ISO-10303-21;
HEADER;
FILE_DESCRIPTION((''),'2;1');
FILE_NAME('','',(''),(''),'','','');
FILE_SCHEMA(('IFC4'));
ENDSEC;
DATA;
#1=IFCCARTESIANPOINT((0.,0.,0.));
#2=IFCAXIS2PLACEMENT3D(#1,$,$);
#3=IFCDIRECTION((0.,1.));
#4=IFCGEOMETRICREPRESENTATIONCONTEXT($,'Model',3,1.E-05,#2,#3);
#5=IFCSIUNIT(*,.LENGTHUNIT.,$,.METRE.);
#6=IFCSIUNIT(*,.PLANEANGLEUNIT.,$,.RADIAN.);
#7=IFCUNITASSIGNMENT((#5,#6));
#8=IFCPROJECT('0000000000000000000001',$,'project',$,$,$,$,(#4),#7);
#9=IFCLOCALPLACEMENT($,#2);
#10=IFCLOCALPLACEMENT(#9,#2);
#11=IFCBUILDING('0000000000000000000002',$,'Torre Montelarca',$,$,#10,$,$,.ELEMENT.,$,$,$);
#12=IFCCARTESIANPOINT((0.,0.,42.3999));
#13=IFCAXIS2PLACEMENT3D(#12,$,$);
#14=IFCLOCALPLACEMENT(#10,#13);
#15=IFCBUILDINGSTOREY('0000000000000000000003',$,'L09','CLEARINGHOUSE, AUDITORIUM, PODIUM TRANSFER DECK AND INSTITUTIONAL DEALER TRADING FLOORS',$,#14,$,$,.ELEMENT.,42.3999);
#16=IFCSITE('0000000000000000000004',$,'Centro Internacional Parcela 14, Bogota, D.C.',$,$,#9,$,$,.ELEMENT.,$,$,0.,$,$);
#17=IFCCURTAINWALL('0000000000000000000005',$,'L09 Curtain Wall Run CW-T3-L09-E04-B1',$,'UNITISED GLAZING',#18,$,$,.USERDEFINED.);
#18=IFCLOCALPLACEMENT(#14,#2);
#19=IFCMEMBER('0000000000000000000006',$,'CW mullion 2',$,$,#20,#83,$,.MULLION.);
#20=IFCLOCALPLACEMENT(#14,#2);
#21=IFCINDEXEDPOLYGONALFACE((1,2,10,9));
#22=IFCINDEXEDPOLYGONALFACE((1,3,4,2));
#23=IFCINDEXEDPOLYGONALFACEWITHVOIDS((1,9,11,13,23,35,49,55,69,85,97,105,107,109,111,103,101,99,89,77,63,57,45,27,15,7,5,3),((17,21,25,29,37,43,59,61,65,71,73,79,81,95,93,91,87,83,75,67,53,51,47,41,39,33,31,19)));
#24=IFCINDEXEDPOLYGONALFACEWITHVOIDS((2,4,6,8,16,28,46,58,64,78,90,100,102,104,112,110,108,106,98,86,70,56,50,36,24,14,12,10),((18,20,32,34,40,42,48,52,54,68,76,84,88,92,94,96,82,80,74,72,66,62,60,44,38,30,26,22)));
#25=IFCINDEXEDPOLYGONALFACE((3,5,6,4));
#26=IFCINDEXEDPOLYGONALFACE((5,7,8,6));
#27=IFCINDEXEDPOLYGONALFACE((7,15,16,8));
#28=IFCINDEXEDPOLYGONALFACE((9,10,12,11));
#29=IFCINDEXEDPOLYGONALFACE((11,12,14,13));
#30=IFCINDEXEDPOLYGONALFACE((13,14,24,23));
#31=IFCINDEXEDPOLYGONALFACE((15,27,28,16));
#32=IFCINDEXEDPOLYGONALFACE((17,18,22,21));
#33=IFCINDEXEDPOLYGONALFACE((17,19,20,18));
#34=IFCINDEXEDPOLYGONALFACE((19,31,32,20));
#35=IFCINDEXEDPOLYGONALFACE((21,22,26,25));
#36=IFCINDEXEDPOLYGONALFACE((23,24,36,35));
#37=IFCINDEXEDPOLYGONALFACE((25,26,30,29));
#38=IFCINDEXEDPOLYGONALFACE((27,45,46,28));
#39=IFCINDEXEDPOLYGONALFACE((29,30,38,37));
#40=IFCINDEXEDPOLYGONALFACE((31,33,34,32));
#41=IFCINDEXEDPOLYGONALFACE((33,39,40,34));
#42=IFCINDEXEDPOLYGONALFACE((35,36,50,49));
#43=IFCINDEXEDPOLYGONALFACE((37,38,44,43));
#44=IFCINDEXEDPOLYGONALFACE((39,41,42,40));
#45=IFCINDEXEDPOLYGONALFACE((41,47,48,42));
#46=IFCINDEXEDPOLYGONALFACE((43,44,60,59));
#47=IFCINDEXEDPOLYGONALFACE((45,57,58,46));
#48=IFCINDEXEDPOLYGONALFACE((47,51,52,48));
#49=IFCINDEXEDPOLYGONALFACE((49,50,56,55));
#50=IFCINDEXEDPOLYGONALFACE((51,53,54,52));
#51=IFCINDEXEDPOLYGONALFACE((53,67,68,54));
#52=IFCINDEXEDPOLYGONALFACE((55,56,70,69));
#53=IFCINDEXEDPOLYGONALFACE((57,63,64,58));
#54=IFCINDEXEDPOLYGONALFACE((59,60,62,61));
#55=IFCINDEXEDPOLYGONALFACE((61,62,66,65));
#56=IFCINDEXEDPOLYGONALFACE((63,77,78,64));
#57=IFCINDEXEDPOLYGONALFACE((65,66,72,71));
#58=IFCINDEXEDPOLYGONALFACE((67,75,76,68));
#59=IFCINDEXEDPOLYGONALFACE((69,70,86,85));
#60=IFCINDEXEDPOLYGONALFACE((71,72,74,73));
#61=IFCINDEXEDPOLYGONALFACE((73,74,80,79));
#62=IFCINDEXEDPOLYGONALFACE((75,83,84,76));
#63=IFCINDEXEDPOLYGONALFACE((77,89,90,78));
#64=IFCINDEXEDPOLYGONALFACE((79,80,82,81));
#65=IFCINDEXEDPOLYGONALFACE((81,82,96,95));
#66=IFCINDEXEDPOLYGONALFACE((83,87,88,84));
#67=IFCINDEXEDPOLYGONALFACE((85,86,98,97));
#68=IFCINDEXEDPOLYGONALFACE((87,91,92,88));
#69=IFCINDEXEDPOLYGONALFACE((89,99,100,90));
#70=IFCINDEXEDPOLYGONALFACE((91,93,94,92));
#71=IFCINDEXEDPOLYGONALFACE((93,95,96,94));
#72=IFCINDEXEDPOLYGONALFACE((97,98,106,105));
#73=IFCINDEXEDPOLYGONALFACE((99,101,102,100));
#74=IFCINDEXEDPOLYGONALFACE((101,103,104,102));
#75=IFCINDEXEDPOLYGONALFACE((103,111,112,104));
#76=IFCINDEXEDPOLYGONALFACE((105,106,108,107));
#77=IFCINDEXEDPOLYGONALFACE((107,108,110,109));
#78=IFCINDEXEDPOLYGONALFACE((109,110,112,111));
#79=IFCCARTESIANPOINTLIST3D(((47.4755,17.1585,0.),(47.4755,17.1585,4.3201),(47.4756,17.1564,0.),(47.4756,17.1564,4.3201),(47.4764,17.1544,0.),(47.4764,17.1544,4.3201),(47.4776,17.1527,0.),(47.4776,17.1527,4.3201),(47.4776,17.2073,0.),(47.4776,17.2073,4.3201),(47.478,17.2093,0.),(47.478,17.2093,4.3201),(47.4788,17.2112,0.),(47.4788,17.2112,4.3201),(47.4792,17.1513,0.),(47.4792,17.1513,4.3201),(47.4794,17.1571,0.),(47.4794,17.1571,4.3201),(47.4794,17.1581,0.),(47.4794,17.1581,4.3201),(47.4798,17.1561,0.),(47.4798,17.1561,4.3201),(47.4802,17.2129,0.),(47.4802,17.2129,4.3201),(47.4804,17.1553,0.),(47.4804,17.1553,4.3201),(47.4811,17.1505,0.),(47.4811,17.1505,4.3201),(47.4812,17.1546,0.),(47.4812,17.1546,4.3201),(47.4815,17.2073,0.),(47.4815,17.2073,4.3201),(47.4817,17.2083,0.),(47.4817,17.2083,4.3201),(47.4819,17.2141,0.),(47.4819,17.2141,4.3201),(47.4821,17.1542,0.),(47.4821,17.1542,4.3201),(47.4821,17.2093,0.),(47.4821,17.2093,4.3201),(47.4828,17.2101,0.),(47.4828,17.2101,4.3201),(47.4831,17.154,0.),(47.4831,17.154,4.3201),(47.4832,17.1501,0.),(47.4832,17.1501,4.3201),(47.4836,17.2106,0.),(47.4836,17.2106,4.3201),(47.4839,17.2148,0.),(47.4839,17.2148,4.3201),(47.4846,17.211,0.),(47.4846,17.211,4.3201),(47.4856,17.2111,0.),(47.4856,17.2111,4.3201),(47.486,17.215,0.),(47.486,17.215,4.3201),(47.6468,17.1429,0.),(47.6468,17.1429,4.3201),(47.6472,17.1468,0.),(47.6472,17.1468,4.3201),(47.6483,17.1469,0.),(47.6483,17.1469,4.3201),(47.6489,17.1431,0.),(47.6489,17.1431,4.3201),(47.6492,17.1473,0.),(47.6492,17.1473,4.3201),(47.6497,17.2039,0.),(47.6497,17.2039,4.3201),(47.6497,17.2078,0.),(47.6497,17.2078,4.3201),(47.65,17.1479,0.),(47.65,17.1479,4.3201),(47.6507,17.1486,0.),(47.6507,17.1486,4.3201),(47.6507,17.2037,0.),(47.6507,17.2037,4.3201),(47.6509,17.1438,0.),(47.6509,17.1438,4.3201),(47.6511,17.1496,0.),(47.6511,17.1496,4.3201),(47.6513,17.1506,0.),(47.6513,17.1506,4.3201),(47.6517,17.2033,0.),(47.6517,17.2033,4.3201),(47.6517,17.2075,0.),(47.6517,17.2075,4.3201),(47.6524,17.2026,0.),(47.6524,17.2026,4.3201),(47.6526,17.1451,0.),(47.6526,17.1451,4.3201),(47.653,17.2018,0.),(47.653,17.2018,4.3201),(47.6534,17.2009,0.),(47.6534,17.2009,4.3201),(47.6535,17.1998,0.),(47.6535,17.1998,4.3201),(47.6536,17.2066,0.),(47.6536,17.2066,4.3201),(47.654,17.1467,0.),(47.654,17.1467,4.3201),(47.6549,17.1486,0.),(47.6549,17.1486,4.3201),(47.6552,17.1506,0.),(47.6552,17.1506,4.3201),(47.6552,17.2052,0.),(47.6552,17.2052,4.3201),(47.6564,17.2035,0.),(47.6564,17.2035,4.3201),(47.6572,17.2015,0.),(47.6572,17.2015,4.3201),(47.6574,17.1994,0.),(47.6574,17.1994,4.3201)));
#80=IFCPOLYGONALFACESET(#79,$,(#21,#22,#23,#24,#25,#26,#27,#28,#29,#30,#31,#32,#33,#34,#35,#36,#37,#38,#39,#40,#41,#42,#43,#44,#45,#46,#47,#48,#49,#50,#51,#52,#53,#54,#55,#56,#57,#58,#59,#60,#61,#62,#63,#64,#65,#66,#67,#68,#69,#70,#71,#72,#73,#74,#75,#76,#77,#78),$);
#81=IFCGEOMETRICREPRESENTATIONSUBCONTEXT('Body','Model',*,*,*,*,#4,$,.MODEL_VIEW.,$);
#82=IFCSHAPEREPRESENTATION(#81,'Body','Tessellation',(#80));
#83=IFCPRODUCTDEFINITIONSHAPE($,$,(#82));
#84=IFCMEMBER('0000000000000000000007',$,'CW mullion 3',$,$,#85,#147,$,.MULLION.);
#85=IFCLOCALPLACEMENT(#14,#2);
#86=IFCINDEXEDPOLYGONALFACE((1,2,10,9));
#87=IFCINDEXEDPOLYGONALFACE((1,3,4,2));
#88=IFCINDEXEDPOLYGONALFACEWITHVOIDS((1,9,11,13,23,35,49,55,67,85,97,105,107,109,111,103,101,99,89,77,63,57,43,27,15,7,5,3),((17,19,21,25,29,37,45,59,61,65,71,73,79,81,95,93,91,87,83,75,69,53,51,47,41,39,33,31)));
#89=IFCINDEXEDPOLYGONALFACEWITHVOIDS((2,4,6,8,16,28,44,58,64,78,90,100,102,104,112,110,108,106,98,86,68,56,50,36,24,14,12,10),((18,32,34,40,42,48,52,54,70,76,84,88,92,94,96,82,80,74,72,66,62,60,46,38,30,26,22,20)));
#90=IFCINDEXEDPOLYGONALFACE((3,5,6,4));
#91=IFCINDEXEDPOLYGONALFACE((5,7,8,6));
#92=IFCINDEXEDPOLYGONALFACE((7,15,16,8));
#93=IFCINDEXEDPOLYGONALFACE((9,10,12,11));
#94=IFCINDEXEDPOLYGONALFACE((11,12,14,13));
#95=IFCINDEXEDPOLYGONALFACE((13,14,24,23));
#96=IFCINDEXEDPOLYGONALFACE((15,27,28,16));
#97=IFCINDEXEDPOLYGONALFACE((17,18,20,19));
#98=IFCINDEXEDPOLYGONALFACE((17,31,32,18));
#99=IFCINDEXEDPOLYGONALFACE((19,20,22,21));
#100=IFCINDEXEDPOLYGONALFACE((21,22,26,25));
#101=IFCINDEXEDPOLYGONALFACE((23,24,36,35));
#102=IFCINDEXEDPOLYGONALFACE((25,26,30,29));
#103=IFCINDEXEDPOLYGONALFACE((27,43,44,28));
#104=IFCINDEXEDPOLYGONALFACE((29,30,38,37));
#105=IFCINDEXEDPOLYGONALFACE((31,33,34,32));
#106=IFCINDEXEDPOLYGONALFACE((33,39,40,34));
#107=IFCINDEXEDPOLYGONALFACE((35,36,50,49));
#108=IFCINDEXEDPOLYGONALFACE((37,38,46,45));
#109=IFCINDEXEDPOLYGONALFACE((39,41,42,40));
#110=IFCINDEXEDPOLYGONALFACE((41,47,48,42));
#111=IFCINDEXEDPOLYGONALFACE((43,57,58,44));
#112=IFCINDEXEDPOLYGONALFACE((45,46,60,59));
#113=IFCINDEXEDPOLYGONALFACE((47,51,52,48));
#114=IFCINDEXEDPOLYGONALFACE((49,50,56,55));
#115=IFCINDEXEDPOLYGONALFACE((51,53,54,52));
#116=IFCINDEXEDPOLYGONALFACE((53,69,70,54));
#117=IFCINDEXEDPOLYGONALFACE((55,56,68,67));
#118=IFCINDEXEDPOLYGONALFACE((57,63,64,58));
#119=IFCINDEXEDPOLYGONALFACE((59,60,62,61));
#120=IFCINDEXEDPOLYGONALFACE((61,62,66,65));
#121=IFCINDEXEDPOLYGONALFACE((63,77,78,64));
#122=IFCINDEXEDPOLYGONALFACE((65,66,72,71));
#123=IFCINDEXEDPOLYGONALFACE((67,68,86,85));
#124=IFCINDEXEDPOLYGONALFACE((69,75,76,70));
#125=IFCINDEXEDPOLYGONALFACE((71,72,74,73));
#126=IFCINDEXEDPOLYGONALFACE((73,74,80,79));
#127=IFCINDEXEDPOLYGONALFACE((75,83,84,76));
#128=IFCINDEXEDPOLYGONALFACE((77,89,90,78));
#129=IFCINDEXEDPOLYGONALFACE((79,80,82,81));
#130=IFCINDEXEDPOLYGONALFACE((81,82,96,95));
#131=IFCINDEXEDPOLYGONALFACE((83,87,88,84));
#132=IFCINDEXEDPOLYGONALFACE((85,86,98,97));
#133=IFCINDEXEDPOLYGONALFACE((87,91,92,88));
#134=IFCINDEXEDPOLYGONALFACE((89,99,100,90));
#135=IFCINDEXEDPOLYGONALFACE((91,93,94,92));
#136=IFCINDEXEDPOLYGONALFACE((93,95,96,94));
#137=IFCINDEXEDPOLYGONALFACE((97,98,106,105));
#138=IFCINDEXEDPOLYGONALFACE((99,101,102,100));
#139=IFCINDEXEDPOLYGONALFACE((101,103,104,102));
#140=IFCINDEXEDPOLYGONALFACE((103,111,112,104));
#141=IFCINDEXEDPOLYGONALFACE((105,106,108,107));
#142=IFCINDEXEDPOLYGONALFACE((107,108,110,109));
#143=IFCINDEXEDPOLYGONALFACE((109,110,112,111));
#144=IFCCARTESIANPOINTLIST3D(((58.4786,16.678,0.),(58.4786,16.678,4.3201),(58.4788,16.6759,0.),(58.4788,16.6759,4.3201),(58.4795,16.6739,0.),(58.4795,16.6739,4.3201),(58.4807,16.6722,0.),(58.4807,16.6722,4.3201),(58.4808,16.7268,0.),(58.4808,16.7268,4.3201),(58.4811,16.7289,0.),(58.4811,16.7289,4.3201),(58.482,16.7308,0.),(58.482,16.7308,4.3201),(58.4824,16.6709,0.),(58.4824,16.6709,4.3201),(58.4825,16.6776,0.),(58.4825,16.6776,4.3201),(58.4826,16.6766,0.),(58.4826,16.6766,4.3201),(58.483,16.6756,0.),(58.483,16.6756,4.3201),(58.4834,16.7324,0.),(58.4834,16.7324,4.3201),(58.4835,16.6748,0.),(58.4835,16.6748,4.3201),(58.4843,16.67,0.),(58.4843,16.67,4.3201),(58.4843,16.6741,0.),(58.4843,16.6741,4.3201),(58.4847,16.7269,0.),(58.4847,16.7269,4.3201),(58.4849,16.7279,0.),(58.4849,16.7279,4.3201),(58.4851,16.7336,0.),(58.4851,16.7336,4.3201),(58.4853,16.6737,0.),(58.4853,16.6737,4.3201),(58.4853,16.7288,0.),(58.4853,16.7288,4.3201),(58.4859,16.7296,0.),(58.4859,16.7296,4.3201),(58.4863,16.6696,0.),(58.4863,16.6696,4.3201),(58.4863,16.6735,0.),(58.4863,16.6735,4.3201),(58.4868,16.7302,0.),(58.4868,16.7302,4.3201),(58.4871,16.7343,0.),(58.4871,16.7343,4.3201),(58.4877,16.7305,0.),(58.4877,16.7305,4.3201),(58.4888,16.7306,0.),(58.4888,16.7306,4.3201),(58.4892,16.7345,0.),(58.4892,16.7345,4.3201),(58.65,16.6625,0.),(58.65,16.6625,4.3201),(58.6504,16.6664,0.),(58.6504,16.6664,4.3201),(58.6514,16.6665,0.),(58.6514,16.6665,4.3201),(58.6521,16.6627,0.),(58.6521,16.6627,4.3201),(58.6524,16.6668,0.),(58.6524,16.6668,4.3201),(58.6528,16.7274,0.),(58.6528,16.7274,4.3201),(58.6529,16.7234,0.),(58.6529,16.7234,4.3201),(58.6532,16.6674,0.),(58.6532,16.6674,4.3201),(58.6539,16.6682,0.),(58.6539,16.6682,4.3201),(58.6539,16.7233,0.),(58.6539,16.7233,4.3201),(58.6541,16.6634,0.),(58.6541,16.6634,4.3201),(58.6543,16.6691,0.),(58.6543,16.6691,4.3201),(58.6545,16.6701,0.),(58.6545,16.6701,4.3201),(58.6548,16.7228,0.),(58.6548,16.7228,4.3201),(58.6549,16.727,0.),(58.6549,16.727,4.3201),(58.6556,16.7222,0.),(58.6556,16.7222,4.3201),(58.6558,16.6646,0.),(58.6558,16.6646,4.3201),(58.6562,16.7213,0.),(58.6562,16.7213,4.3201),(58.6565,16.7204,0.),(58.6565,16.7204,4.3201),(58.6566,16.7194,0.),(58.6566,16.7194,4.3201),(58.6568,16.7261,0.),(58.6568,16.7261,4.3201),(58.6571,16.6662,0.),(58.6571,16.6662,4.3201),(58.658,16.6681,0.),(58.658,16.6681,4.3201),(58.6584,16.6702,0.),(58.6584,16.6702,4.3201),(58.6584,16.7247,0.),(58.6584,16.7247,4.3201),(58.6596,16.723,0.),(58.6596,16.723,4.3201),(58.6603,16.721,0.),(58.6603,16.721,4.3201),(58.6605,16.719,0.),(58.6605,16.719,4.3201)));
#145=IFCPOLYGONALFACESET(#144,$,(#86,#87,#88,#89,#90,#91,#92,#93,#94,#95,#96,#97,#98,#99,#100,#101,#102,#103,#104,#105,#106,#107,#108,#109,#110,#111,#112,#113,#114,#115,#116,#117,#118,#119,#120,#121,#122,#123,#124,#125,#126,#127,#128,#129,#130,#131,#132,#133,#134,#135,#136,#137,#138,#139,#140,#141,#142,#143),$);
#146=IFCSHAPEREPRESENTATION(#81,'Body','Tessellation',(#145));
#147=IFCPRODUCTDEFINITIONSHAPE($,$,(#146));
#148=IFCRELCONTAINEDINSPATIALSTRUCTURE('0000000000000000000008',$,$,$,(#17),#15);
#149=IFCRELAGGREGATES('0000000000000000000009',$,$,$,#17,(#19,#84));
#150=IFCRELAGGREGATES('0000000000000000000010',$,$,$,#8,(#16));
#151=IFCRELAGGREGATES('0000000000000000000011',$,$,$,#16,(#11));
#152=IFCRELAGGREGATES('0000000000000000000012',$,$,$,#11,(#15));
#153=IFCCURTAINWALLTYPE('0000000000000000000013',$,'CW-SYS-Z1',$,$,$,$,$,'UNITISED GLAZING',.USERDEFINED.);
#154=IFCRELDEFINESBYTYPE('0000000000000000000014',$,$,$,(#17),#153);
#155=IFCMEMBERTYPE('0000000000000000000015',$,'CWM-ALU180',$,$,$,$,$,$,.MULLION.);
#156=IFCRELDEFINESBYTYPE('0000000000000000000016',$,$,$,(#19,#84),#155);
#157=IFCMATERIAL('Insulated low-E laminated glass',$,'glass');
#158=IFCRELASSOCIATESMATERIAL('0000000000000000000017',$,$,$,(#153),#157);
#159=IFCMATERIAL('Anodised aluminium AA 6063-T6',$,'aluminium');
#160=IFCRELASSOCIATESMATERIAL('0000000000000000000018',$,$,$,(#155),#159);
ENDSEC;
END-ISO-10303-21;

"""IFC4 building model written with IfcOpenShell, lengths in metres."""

from ifc_helpers import new_model, si_unit, direction, frame, origin, origin_2d, place, context, subcontext, project, spatial, hollow_rectangle, extrude, source, transform, mapped, material, material_profile, profile_set, type_object, element, aggregate, save


model = new_model("IFC4")

# Units and contexts
model_context = context("Model", 3, precision=1e-05, world=origin(), true_north=direction((0.0, 1.0)))
body_context = subcontext(model_context, "Body", "Model", "MODEL_VIEW")
ifc_project = project(units=[si_unit("LENGTHUNIT", "METRE"), si_unit("PLANEANGLEUNIT", "RADIAN")], contexts=[model_context])

# Site, building, storey
site_placement = place(None, origin())
site = spatial("IfcSite", under=ifc_project, at=site_placement, Name="Centro Internacional Parcela 14, Bogota, D.C.", CompositionType="ELEMENT", RefElevation=0.0)
building_placement = place(site_placement, origin())
building = spatial("IfcBuilding", under=site, at=building_placement, Name="Torre Montelarca", CompositionType="ELEMENT")
storey_placement = place(building_placement, frame((0.0, 0.0, 42.3999)))
storey = spatial("IfcBuildingStorey", under=building, at=storey_placement, Name="L09", Description="CLEARINGHOUSE, AUDITORIUM, PODIUM TRANSFER DECK AND INSTITUTIONAL DEALER TRADING FLOORS", CompositionType="ELEMENT", Elevation=42.3999)

# Curtain wall, members
ifc_material_1 = material(Name="Insulated low-E laminated glass", Category="glass")
curtain_wall_type = type_object("IfcCurtainWallType", Name="CW-SYS-Z1", ElementType="UNITISED GLAZING", PredefinedType="USERDEFINED", material=ifc_material_1)
curtain_wall_1_placement = place(storey_placement, origin())
curtain_wall_1 = element("IfcCurtainWall", 1, at=curtain_wall_1_placement, inside=storey, type_object=curtain_wall_type, Name="L09 Curtain Wall Run CW-T3-L09-E04-B1", ObjectType="UNITISED GLAZING", PredefinedType="USERDEFINED")
ifc_material_2 = material(Name="Anodised aluminium AA 6063-T6", Category="aluminium")
ifc_material_profile_1 = material_profile(ifc_material_2, hollow_rectangle(XDim=0.0649, YDim=0.1799, WallThickness=0.0039, InnerFilletRadius=0.0039, OuterFilletRadius=0.0081, at=origin_2d()), Name="ALU65X180X4", Category="aluminium")
ifc_profile_set_1 = profile_set([ifc_material_profile_1], Name="Anodised aluminium AA 6063-T6")
member_type_1 = type_object("IfcMemberType", Name="CWM-ALU180", PredefinedType="MULLION", material=ifc_profile_set_1)
shared_shape_1 = source(origin(), body_context, "Body", "SweptSolid", [
    extrude(hollow_rectangle(XDim=0.0649, YDim=0.1799, WallThickness=0.0039, InnerFilletRadius=0.0039, OuterFilletRadius=0.0081, at=origin_2d()), origin(), (0.0, 0.0, 1.0), 4.3201),
])
member_1_placement = place(storey_placement, frame((47.5664, 17.179, 0.0), z_axis=(0.0, 0.0, 1.0), x_axis=(0.043617, 0.999048, 0.0)))
member_1 = element("IfcMember", 2, at=member_1_placement, type_object=member_type_1, Name="CW mullion 2", PredefinedType="MULLION", context=body_context, shape_type="MappedRepresentation", body=[
    mapped(shared_shape_1, transform((0.0, 0.0, 0.0), scale=1.0)),
])
member_2_placement = place(storey_placement, frame((58.5696, 16.6985, 0.0), z_axis=(0.0, 0.0, 1.0), x_axis=(0.043617, 0.999048, 0.0)))
member_2 = element("IfcMember", 3, at=member_2_placement, type_object=member_type_1, Name="CW mullion 3", PredefinedType="MULLION", context=body_context, shape_type="MappedRepresentation", body=[
    mapped(shared_shape_1, transform((0.0, 0.0, 0.0), scale=1.0)),
])

aggregate(curtain_wall_1, [member_1, member_2])

save(model, "model.ifc")
